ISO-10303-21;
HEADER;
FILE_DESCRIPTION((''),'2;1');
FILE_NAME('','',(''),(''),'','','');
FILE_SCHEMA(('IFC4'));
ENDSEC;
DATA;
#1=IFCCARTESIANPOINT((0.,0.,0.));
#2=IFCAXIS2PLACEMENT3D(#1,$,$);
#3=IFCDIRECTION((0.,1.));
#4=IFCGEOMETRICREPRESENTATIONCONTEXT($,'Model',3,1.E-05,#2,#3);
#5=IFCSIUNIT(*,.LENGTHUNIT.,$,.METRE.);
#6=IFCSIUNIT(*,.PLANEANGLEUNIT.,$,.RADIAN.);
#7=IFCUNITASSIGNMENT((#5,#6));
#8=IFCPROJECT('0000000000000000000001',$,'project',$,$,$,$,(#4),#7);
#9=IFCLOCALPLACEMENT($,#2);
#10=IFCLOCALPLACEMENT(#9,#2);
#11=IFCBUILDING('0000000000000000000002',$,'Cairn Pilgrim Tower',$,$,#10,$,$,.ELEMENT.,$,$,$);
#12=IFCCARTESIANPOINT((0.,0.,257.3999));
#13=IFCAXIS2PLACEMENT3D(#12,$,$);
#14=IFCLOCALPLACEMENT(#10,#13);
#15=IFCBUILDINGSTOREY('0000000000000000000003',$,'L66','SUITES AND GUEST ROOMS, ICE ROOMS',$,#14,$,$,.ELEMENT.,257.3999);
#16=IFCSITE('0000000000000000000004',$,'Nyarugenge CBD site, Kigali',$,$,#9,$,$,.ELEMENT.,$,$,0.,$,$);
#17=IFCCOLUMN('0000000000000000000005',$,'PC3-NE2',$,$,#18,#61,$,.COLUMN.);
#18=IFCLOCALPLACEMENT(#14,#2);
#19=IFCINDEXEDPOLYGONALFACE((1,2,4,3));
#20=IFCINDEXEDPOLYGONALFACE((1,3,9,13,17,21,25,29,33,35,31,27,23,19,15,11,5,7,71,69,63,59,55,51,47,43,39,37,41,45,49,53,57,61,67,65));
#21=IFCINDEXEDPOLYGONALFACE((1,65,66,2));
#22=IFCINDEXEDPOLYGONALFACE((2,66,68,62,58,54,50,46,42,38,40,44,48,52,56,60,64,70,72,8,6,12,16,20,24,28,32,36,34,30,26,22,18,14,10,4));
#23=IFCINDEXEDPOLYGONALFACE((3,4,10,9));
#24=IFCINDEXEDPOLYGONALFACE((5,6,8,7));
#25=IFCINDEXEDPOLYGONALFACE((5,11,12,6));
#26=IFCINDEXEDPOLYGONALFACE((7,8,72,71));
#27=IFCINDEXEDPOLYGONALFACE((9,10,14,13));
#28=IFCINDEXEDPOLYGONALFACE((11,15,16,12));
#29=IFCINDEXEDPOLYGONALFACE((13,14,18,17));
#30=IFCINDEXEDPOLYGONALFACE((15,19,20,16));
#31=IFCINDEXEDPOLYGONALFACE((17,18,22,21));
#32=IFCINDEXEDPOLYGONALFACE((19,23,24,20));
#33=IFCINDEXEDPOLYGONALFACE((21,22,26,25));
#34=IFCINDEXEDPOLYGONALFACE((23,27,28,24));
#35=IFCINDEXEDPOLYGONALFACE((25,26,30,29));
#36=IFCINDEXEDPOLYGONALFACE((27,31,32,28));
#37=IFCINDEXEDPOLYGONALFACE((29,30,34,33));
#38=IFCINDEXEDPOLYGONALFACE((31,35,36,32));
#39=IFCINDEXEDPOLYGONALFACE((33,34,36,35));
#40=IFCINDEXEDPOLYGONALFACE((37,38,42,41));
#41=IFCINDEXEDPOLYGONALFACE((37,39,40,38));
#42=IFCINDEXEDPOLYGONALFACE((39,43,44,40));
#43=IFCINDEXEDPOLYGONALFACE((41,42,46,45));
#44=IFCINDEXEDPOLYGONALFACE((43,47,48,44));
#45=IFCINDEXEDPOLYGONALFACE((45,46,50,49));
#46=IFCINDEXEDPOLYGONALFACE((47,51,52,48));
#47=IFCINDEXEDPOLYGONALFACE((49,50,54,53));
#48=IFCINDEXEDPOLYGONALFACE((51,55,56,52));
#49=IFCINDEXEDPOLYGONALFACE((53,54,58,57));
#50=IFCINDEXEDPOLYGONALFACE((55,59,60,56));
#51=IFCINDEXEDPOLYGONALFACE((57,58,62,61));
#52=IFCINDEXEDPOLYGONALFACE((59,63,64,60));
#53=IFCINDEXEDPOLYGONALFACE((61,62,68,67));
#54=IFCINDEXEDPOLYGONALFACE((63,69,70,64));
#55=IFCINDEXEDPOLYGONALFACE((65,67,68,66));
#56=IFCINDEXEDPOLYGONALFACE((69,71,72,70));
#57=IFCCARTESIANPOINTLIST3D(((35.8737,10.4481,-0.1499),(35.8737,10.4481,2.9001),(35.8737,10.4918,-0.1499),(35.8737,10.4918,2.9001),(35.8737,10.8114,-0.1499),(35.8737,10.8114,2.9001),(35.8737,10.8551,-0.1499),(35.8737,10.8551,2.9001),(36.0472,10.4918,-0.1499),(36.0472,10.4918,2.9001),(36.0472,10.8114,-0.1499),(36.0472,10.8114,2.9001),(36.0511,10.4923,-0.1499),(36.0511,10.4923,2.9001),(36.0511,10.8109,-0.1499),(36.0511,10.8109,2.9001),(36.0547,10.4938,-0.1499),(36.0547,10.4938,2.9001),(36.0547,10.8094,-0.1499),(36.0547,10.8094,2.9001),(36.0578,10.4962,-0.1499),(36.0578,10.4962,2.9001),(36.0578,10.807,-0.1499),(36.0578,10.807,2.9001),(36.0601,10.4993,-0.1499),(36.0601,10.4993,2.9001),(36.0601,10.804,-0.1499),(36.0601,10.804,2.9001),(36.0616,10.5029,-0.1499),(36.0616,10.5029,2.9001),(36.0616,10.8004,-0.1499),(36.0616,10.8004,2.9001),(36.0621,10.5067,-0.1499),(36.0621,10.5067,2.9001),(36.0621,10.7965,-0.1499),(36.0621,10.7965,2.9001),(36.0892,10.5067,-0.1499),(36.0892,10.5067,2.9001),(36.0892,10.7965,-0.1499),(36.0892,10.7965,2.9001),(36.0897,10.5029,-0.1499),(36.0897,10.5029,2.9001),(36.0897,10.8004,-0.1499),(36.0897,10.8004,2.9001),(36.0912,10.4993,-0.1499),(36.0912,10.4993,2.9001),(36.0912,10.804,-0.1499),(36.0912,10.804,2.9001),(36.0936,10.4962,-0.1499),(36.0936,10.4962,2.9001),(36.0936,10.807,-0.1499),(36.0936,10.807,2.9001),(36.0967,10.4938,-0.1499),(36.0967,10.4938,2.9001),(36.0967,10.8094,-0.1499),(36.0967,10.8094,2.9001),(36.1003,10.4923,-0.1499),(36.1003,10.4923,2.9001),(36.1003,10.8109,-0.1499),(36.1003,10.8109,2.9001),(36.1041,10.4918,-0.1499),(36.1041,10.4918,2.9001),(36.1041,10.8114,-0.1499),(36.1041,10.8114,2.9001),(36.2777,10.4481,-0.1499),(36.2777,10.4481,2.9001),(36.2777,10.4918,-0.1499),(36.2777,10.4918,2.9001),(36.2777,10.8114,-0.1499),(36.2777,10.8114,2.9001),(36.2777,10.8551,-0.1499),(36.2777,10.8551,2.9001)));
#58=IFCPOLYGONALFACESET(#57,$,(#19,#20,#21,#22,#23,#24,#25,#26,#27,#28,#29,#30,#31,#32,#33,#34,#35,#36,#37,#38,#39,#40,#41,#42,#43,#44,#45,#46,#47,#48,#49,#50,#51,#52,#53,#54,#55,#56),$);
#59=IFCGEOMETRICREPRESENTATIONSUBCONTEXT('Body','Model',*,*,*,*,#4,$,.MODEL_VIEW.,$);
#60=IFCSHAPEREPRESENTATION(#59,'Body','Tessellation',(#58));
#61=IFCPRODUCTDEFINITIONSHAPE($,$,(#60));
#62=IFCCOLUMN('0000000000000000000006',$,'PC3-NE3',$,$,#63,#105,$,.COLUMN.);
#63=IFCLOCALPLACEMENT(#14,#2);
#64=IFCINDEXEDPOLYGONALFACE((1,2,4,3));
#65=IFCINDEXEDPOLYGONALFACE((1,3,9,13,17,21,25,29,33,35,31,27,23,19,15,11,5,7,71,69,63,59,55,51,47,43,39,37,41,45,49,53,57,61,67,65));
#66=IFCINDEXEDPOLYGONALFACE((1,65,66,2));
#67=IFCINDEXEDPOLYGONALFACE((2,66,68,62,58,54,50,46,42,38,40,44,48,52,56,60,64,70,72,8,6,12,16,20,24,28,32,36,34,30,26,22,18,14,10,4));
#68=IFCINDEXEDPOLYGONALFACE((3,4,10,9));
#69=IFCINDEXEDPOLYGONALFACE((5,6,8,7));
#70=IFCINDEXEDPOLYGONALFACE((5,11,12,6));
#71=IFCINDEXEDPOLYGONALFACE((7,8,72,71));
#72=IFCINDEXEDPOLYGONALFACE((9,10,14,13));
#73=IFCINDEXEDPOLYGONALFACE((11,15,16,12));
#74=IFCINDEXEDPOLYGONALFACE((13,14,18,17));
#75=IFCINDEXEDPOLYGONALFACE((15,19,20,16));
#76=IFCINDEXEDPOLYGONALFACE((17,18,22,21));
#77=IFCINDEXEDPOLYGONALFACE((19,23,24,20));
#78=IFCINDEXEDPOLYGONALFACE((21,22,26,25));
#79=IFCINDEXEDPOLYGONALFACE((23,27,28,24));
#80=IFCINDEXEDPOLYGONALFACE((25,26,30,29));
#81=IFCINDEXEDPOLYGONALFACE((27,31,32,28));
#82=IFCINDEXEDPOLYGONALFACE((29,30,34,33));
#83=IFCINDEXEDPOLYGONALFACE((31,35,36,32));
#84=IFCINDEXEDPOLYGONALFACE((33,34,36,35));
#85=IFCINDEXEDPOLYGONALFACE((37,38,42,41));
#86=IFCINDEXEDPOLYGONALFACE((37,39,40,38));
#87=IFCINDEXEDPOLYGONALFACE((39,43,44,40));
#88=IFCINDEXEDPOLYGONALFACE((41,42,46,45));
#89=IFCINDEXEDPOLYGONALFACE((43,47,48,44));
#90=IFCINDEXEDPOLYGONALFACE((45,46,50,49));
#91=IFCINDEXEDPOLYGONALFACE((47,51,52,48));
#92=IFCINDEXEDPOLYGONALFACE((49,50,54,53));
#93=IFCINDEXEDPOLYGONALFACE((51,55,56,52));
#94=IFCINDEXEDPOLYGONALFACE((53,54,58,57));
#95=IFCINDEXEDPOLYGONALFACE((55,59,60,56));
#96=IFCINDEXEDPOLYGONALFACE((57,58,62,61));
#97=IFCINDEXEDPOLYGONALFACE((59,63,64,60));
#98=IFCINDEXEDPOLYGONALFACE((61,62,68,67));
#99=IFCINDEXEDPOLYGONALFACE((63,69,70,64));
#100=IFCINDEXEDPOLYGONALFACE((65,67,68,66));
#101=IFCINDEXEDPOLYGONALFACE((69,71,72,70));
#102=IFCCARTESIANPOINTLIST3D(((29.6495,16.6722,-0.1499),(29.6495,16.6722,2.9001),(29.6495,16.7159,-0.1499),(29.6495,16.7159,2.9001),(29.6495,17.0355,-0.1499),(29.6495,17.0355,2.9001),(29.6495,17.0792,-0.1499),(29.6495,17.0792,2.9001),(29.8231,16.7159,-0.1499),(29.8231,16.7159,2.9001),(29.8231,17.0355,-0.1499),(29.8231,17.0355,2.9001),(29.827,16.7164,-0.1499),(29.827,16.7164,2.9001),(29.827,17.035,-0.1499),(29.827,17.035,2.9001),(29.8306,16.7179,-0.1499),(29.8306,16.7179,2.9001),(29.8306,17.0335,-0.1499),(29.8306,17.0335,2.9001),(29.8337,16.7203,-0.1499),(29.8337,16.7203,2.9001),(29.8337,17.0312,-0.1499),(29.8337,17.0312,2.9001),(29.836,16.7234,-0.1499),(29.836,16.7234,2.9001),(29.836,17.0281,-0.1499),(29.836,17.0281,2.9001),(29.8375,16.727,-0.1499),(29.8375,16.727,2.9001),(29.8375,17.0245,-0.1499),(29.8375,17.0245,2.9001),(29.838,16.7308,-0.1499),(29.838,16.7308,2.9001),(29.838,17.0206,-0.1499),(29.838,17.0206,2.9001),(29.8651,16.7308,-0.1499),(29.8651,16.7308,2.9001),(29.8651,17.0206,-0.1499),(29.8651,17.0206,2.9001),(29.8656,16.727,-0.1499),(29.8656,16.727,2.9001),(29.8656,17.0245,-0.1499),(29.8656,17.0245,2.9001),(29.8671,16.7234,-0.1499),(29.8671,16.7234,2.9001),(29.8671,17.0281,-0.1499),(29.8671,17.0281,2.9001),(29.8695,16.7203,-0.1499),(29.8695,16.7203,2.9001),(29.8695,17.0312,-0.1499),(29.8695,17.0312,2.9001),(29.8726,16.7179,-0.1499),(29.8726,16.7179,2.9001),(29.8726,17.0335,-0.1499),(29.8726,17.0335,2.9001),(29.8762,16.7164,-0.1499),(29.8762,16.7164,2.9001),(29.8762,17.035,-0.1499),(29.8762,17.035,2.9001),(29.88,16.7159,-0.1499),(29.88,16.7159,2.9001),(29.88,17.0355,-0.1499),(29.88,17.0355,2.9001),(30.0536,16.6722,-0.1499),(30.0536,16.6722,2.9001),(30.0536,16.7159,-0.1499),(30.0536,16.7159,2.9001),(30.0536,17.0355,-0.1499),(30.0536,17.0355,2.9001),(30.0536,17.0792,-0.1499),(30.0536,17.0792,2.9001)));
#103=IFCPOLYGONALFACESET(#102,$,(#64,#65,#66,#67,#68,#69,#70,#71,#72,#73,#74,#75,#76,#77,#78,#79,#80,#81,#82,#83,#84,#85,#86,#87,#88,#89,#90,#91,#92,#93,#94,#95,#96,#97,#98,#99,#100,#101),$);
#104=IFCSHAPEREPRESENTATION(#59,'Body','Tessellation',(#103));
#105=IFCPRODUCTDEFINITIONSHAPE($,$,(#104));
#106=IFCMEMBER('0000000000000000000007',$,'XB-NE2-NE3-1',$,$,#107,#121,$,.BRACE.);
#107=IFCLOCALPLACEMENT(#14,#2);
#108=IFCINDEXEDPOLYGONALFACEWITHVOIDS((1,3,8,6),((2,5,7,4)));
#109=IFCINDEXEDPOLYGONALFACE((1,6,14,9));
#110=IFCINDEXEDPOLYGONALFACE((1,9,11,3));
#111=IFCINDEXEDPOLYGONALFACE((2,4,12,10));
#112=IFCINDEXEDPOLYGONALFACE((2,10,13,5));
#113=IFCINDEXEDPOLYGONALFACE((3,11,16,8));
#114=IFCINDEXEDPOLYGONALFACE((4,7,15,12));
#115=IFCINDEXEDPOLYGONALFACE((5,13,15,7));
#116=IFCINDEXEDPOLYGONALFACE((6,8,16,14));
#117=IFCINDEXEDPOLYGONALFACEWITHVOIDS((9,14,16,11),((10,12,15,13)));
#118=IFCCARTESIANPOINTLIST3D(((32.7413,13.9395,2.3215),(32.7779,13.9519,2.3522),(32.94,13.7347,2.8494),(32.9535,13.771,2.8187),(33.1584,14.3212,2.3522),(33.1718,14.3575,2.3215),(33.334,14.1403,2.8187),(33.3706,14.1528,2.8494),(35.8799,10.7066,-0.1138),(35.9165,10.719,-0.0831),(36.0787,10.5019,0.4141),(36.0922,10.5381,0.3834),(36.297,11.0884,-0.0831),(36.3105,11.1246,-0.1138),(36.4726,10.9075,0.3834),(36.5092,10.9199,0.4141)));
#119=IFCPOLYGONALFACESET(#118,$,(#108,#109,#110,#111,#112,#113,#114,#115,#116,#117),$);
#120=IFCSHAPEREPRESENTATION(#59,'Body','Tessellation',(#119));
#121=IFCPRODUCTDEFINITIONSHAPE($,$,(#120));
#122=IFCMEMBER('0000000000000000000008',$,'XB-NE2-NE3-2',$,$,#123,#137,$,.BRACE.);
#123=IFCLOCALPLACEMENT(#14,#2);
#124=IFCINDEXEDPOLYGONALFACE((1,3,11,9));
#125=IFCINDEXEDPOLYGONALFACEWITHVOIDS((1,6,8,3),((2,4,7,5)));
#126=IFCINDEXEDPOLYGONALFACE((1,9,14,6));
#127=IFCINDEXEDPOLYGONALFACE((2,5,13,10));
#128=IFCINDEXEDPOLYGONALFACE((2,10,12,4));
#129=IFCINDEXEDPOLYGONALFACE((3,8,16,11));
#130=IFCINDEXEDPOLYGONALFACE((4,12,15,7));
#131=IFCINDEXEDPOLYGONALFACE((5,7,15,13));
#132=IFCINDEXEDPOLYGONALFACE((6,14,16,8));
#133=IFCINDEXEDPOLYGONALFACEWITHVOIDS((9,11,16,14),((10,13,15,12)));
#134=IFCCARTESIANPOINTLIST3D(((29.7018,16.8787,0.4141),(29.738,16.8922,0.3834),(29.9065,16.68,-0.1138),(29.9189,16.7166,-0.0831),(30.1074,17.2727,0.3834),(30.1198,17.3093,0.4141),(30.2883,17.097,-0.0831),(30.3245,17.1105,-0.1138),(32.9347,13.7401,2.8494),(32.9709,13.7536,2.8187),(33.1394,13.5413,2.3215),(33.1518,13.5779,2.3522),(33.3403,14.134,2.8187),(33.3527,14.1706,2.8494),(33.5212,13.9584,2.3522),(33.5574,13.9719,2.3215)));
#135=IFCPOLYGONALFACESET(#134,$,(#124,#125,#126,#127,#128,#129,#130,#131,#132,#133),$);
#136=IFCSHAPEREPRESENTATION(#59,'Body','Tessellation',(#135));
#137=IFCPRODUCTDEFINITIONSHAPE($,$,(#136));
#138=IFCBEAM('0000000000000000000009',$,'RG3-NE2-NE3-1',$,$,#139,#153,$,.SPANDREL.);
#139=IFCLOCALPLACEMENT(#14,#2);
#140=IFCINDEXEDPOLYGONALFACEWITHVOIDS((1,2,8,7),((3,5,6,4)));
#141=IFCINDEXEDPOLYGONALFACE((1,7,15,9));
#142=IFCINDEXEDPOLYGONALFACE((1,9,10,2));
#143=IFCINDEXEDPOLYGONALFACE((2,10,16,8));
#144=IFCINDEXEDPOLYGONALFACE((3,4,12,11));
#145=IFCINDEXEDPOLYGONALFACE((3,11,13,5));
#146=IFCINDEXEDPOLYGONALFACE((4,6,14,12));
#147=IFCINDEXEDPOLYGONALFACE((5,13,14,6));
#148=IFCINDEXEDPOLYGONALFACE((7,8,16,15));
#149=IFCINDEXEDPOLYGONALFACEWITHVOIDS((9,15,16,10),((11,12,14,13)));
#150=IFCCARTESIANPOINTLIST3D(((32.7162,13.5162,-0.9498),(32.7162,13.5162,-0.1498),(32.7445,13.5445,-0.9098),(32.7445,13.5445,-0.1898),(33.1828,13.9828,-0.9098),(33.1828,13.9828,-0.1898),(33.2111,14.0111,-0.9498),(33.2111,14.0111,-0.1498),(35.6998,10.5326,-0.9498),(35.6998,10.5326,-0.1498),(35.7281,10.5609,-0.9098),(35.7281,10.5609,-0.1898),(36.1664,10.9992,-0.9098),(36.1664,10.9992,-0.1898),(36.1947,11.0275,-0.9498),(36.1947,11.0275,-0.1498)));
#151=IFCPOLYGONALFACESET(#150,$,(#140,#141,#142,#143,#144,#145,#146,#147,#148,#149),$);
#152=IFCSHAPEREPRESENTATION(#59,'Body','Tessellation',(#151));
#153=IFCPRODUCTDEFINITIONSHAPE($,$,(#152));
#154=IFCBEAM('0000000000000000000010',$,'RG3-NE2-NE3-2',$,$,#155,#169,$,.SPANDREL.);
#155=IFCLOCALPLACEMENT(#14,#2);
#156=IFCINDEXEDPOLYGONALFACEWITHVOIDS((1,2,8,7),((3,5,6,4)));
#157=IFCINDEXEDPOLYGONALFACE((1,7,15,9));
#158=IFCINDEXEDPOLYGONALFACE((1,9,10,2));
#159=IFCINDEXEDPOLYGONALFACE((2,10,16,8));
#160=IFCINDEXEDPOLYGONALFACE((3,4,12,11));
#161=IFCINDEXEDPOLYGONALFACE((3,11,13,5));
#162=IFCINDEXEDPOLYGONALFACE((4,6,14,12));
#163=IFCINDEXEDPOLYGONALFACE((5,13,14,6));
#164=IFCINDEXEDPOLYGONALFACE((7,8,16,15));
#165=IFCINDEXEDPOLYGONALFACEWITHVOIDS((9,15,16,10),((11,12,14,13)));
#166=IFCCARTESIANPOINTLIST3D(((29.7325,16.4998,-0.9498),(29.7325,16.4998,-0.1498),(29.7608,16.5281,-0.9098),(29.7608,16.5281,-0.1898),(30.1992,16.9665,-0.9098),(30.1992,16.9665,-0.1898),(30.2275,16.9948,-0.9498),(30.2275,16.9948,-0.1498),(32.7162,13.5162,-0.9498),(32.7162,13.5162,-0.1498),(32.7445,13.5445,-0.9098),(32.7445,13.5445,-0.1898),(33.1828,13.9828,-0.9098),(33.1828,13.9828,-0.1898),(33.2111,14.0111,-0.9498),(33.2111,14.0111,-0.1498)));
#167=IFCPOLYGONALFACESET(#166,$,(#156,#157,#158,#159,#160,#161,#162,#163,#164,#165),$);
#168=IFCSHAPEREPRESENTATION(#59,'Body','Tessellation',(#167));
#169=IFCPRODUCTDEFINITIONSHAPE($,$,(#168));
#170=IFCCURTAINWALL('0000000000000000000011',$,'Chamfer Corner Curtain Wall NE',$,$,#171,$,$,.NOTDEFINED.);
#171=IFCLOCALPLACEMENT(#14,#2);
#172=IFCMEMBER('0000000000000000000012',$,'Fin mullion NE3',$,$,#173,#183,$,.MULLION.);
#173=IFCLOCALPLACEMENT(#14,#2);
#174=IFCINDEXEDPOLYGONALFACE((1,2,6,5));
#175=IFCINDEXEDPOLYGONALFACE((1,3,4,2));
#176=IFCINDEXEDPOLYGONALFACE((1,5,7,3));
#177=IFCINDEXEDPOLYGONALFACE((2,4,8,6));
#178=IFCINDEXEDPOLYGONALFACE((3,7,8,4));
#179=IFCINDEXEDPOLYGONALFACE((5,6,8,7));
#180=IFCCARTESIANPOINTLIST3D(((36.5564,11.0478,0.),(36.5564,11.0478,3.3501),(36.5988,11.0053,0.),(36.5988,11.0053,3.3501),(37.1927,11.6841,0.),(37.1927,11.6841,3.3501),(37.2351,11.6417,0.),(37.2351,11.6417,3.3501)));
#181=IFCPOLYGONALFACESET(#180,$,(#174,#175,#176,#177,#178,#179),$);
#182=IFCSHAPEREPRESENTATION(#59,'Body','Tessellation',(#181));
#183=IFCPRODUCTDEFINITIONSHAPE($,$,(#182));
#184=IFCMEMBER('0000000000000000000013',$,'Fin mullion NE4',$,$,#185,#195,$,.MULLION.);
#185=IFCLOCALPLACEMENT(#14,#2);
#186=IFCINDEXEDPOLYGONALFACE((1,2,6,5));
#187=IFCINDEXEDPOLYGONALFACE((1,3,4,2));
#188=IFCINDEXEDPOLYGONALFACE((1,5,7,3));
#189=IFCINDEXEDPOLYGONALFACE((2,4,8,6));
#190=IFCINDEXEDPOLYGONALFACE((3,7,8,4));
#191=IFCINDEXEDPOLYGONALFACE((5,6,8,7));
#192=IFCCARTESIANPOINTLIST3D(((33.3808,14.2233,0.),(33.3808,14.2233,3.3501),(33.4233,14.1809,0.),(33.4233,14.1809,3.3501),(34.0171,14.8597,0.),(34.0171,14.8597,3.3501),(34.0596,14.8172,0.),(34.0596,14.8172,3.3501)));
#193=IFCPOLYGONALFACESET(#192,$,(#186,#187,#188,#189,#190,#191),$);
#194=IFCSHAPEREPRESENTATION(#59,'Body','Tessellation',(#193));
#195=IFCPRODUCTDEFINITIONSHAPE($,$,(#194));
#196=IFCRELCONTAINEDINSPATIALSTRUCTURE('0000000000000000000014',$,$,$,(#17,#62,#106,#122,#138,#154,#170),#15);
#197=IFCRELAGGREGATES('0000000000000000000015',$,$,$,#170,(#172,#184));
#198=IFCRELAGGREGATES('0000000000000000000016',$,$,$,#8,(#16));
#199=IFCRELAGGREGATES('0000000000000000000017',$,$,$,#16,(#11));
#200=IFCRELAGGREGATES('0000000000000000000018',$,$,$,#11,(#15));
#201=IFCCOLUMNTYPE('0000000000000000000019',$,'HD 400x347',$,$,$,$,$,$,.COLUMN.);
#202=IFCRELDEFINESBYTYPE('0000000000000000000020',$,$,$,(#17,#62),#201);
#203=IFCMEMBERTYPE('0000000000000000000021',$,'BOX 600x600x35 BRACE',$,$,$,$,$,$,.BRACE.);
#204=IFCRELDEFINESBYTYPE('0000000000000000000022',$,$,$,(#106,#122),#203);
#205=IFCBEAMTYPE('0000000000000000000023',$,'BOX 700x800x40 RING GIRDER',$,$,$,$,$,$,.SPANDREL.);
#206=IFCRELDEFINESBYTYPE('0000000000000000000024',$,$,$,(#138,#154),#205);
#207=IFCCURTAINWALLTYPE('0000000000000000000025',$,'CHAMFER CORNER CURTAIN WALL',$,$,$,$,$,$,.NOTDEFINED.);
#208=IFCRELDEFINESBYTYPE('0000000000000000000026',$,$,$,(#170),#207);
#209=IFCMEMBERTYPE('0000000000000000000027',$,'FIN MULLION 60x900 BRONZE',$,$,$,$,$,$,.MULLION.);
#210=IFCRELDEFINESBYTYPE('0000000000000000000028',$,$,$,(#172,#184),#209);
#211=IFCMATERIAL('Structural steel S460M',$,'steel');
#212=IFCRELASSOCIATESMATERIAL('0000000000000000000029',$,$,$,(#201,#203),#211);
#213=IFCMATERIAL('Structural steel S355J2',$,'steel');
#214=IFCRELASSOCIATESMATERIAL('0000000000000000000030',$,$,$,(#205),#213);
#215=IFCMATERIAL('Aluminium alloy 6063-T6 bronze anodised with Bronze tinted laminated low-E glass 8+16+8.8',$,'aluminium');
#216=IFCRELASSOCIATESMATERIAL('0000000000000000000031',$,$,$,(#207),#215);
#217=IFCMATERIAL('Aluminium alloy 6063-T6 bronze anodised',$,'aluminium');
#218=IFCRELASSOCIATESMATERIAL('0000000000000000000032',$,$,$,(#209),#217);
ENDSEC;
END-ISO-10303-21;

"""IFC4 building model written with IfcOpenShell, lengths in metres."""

from ifc_helpers import new_model, si_unit, direction, frame, origin, origin_2d, place, context, subcontext, project, spatial, rectangle, hollow_rectangle, i_section, extrude, clip, halfspace, material, material_profile, profile_set, type_object, element, aggregate, save


model = new_model("IFC4")

# Units and contexts
model_context = context("Model", 3, precision=1e-05, world=origin(), true_north=direction((0.0, 1.0)))
body_context = subcontext(model_context, "Body", "Model", "MODEL_VIEW")
ifc_project = project(units=[si_unit("LENGTHUNIT", "METRE"), si_unit("PLANEANGLEUNIT", "RADIAN")], contexts=[model_context])

# Site, building, storey
site_placement = place(None, origin())
site = spatial("IfcSite", under=ifc_project, at=site_placement, Name="Nyarugenge CBD site, Kigali", CompositionType="ELEMENT", RefElevation=0.0)
building_placement = place(site_placement, origin())
building = spatial("IfcBuilding", under=site, at=building_placement, Name="Cairn Pilgrim Tower", CompositionType="ELEMENT")
storey_placement = place(building_placement, frame((0.0, 0.0, 257.3999)))
storey = spatial("IfcBuildingStorey", under=building, at=storey_placement, Name="L66", Description="SUITES AND GUEST ROOMS, ICE ROOMS", CompositionType="ELEMENT", Elevation=257.3999)

# Columns
ifc_material_1 = material(Name="Structural steel S460M", Category="steel")
ifc_material_profile_1 = material_profile(ifc_material_1, i_section(OverallWidth=0.4041, OverallDepth=0.407, WebThickness=0.0271, FlangeThickness=0.0437, FilletRadius=0.0149, at=origin_2d()), Name="HD 400x347")
ifc_profile_set_1 = profile_set([ifc_material_profile_1], Name="Structural steel S460M")
column_type = type_object("IfcColumnType", Name="HD 400x347", PredefinedType="COLUMN", material=ifc_profile_set_1)
for number, where, z_axis, x_axis, name in (
    (1, (36.0757, 10.6516, -0.1499), (0.0, 0.0, 1.0), (1.0, 0.0, 0.0), "PC3-NE2"),
    (2, (29.8516, 16.8757, -0.1499), (0.0, 0.0, 1.0), (1.0, 0.0, 0.0), "PC3-NE3"),
):
    element("IfcColumn", number, at=place(storey_placement, frame(where, z_axis=z_axis, x_axis=x_axis)), inside=storey, type_object=column_type, Name=name, PredefinedType="COLUMN", context=body_context, shape_type="Clipping", body=[
        clip(extrude(i_section(OverallWidth=0.4041, OverallDepth=0.407, WebThickness=0.0271, FlangeThickness=0.0437, FilletRadius=0.0149, at=origin_2d()), origin(), (0.0, 0.0, 1.0), 3.5), halfspace(frame((0.0, 0.0, 3.05), z_axis=(0.0, 0.0, 1.0), x_axis=(1.0, 0.0, 0.0)), False)),
    ])

# Members
ifc_material_profile_2 = material_profile(ifc_material_1, hollow_rectangle(XDim=0.6001, YDim=0.6001, WallThickness=0.0349, at=origin_2d()), Name="BOX 600x600x35")
ifc_profile_set_2 = profile_set([ifc_material_profile_2], Name="Structural steel S460M")
member_type_1 = type_object("IfcMemberType", Name="BOX 600x600x35 BRACE", PredefinedType="BRACE", material=ifc_profile_set_2)
for number, where, z_axis, x_axis, name in (
    (3, (36.1946, 10.8132, 0.1501), (-0.612797, 0.631196, 0.47547), (-0.717487, -0.696572, 0.0), "XB-NE2-NE3-1"),
    (4, (30.0132, 16.9946, 0.1501), (0.631196, -0.612797, 0.47547), (0.696572, 0.717487, 0.0), "XB-NE2-NE3-2"),
):
    element("IfcMember", number, at=place(storey_placement, frame(where, z_axis=z_axis, x_axis=x_axis)), inside=storey, type_object=member_type_1, Name=name, PredefinedType="BRACE", context=body_context, shape_type="SweptSolid", body=[
        extrude(hollow_rectangle(XDim=0.6001, YDim=0.6001, WallThickness=0.0349, at=origin_2d()), origin(), (0.0, 0.0, 1.0), 5.1218),
    ])

# Beams
ifc_material_2 = material(Name="Structural steel S355J2", Category="steel")
ifc_material_profile_3 = material_profile(ifc_material_2, hollow_rectangle(XDim=0.7, YDim=0.8, WallThickness=0.04, at=origin_2d()), Name="BOX 700x800x40")
ifc_profile_set_3 = profile_set([ifc_material_profile_3], Name="Structural steel S355J2")
beam_type_1 = type_object("IfcBeamType", Name="BOX 700x800x40 RING GIRDER", PredefinedType="SPANDREL", material=ifc_profile_set_3)
for number, where, z_axis, x_axis, name in (
    (5, (35.9473, 10.78, -0.5498), (-0.707107, 0.707107, 0.0), (-0.707107, -0.707107, 0.0), "RG3-NE2-NE3-1"),
    (6, (32.9636, 13.7637, -0.5498), (-0.707107, 0.707107, 0.0), (-0.707107, -0.707107, 0.0), "RG3-NE2-NE3-2"),
):
    element("IfcBeam", number, at=place(storey_placement, frame(where, z_axis=z_axis, x_axis=x_axis)), inside=storey, type_object=beam_type_1, Name=name, PredefinedType="SPANDREL", context=body_context, shape_type="SweptSolid", body=[
        extrude(hollow_rectangle(XDim=0.7, YDim=0.8, WallThickness=0.04, at=origin_2d()), origin(), (0.0, 0.0, 1.0), 4.2195),
    ])

# Curtain wall, members
ifc_material_3 = material(Name="Aluminium alloy 6063-T6 bronze anodised with Bronze tinted laminated low-E glass 8+16+8.8", Category="aluminium")
curtain_wall_type = type_object("IfcCurtainWallType", Name="CHAMFER CORNER CURTAIN WALL", PredefinedType="NOTDEFINED", material=ifc_material_3)
curtain_wall_placement = place(storey_placement, origin())
curtain_wall = element("IfcCurtainWall", 7, at=curtain_wall_placement, inside=storey, type_object=curtain_wall_type, Name="Chamfer Corner Curtain Wall NE", PredefinedType="NOTDEFINED")
ifc_material_4 = material(Name="Aluminium alloy 6063-T6 bronze anodised", Category="aluminium")
ifc_material_profile_4 = material_profile(ifc_material_4, rectangle(XDim=0.8999, YDim=0.0601, at=origin_2d()), Name="FIN MULLION 60x900 BRONZE")
ifc_profile_set_4 = profile_set([ifc_material_profile_4], Name="Aluminium alloy 6063-T6 bronze anodised")
member_type_2 = type_object("IfcMemberType", Name="FIN MULLION 60x900 BRONZE", PredefinedType="MULLION", material=ifc_profile_set_4)
member_1_placement = place(storey_placement, frame((36.8958, 11.3447, 0.0), z_axis=(0.0, 0.0, 1.0), x_axis=(0.707107, 0.707107, 0.0)))
member_1 = element("IfcMember", 8, at=member_1_placement, type_object=member_type_2, Name="Fin mullion NE3", PredefinedType="MULLION", context=body_context, shape_type="SweptSolid", body=[
    extrude(rectangle(XDim=0.8999, YDim=0.0601, at=origin_2d()), origin(), (0.0, 0.0, 1.0), 3.3501),
])
member_2_placement = place(storey_placement, frame((33.7202, 14.5203, 0.0), z_axis=(0.0, 0.0, 1.0), x_axis=(0.707107, 0.707107, 0.0)))
member_2 = element("IfcMember", 9, at=member_2_placement, type_object=member_type_2, Name="Fin mullion NE4", PredefinedType="MULLION", context=body_context, shape_type="SweptSolid", body=[
    extrude(rectangle(XDim=0.8999, YDim=0.0601, at=origin_2d()), origin(), (0.0, 0.0, 1.0), 3.3501),
])

aggregate(curtain_wall, [member_1, member_2])

save(model, "model.ifc")
